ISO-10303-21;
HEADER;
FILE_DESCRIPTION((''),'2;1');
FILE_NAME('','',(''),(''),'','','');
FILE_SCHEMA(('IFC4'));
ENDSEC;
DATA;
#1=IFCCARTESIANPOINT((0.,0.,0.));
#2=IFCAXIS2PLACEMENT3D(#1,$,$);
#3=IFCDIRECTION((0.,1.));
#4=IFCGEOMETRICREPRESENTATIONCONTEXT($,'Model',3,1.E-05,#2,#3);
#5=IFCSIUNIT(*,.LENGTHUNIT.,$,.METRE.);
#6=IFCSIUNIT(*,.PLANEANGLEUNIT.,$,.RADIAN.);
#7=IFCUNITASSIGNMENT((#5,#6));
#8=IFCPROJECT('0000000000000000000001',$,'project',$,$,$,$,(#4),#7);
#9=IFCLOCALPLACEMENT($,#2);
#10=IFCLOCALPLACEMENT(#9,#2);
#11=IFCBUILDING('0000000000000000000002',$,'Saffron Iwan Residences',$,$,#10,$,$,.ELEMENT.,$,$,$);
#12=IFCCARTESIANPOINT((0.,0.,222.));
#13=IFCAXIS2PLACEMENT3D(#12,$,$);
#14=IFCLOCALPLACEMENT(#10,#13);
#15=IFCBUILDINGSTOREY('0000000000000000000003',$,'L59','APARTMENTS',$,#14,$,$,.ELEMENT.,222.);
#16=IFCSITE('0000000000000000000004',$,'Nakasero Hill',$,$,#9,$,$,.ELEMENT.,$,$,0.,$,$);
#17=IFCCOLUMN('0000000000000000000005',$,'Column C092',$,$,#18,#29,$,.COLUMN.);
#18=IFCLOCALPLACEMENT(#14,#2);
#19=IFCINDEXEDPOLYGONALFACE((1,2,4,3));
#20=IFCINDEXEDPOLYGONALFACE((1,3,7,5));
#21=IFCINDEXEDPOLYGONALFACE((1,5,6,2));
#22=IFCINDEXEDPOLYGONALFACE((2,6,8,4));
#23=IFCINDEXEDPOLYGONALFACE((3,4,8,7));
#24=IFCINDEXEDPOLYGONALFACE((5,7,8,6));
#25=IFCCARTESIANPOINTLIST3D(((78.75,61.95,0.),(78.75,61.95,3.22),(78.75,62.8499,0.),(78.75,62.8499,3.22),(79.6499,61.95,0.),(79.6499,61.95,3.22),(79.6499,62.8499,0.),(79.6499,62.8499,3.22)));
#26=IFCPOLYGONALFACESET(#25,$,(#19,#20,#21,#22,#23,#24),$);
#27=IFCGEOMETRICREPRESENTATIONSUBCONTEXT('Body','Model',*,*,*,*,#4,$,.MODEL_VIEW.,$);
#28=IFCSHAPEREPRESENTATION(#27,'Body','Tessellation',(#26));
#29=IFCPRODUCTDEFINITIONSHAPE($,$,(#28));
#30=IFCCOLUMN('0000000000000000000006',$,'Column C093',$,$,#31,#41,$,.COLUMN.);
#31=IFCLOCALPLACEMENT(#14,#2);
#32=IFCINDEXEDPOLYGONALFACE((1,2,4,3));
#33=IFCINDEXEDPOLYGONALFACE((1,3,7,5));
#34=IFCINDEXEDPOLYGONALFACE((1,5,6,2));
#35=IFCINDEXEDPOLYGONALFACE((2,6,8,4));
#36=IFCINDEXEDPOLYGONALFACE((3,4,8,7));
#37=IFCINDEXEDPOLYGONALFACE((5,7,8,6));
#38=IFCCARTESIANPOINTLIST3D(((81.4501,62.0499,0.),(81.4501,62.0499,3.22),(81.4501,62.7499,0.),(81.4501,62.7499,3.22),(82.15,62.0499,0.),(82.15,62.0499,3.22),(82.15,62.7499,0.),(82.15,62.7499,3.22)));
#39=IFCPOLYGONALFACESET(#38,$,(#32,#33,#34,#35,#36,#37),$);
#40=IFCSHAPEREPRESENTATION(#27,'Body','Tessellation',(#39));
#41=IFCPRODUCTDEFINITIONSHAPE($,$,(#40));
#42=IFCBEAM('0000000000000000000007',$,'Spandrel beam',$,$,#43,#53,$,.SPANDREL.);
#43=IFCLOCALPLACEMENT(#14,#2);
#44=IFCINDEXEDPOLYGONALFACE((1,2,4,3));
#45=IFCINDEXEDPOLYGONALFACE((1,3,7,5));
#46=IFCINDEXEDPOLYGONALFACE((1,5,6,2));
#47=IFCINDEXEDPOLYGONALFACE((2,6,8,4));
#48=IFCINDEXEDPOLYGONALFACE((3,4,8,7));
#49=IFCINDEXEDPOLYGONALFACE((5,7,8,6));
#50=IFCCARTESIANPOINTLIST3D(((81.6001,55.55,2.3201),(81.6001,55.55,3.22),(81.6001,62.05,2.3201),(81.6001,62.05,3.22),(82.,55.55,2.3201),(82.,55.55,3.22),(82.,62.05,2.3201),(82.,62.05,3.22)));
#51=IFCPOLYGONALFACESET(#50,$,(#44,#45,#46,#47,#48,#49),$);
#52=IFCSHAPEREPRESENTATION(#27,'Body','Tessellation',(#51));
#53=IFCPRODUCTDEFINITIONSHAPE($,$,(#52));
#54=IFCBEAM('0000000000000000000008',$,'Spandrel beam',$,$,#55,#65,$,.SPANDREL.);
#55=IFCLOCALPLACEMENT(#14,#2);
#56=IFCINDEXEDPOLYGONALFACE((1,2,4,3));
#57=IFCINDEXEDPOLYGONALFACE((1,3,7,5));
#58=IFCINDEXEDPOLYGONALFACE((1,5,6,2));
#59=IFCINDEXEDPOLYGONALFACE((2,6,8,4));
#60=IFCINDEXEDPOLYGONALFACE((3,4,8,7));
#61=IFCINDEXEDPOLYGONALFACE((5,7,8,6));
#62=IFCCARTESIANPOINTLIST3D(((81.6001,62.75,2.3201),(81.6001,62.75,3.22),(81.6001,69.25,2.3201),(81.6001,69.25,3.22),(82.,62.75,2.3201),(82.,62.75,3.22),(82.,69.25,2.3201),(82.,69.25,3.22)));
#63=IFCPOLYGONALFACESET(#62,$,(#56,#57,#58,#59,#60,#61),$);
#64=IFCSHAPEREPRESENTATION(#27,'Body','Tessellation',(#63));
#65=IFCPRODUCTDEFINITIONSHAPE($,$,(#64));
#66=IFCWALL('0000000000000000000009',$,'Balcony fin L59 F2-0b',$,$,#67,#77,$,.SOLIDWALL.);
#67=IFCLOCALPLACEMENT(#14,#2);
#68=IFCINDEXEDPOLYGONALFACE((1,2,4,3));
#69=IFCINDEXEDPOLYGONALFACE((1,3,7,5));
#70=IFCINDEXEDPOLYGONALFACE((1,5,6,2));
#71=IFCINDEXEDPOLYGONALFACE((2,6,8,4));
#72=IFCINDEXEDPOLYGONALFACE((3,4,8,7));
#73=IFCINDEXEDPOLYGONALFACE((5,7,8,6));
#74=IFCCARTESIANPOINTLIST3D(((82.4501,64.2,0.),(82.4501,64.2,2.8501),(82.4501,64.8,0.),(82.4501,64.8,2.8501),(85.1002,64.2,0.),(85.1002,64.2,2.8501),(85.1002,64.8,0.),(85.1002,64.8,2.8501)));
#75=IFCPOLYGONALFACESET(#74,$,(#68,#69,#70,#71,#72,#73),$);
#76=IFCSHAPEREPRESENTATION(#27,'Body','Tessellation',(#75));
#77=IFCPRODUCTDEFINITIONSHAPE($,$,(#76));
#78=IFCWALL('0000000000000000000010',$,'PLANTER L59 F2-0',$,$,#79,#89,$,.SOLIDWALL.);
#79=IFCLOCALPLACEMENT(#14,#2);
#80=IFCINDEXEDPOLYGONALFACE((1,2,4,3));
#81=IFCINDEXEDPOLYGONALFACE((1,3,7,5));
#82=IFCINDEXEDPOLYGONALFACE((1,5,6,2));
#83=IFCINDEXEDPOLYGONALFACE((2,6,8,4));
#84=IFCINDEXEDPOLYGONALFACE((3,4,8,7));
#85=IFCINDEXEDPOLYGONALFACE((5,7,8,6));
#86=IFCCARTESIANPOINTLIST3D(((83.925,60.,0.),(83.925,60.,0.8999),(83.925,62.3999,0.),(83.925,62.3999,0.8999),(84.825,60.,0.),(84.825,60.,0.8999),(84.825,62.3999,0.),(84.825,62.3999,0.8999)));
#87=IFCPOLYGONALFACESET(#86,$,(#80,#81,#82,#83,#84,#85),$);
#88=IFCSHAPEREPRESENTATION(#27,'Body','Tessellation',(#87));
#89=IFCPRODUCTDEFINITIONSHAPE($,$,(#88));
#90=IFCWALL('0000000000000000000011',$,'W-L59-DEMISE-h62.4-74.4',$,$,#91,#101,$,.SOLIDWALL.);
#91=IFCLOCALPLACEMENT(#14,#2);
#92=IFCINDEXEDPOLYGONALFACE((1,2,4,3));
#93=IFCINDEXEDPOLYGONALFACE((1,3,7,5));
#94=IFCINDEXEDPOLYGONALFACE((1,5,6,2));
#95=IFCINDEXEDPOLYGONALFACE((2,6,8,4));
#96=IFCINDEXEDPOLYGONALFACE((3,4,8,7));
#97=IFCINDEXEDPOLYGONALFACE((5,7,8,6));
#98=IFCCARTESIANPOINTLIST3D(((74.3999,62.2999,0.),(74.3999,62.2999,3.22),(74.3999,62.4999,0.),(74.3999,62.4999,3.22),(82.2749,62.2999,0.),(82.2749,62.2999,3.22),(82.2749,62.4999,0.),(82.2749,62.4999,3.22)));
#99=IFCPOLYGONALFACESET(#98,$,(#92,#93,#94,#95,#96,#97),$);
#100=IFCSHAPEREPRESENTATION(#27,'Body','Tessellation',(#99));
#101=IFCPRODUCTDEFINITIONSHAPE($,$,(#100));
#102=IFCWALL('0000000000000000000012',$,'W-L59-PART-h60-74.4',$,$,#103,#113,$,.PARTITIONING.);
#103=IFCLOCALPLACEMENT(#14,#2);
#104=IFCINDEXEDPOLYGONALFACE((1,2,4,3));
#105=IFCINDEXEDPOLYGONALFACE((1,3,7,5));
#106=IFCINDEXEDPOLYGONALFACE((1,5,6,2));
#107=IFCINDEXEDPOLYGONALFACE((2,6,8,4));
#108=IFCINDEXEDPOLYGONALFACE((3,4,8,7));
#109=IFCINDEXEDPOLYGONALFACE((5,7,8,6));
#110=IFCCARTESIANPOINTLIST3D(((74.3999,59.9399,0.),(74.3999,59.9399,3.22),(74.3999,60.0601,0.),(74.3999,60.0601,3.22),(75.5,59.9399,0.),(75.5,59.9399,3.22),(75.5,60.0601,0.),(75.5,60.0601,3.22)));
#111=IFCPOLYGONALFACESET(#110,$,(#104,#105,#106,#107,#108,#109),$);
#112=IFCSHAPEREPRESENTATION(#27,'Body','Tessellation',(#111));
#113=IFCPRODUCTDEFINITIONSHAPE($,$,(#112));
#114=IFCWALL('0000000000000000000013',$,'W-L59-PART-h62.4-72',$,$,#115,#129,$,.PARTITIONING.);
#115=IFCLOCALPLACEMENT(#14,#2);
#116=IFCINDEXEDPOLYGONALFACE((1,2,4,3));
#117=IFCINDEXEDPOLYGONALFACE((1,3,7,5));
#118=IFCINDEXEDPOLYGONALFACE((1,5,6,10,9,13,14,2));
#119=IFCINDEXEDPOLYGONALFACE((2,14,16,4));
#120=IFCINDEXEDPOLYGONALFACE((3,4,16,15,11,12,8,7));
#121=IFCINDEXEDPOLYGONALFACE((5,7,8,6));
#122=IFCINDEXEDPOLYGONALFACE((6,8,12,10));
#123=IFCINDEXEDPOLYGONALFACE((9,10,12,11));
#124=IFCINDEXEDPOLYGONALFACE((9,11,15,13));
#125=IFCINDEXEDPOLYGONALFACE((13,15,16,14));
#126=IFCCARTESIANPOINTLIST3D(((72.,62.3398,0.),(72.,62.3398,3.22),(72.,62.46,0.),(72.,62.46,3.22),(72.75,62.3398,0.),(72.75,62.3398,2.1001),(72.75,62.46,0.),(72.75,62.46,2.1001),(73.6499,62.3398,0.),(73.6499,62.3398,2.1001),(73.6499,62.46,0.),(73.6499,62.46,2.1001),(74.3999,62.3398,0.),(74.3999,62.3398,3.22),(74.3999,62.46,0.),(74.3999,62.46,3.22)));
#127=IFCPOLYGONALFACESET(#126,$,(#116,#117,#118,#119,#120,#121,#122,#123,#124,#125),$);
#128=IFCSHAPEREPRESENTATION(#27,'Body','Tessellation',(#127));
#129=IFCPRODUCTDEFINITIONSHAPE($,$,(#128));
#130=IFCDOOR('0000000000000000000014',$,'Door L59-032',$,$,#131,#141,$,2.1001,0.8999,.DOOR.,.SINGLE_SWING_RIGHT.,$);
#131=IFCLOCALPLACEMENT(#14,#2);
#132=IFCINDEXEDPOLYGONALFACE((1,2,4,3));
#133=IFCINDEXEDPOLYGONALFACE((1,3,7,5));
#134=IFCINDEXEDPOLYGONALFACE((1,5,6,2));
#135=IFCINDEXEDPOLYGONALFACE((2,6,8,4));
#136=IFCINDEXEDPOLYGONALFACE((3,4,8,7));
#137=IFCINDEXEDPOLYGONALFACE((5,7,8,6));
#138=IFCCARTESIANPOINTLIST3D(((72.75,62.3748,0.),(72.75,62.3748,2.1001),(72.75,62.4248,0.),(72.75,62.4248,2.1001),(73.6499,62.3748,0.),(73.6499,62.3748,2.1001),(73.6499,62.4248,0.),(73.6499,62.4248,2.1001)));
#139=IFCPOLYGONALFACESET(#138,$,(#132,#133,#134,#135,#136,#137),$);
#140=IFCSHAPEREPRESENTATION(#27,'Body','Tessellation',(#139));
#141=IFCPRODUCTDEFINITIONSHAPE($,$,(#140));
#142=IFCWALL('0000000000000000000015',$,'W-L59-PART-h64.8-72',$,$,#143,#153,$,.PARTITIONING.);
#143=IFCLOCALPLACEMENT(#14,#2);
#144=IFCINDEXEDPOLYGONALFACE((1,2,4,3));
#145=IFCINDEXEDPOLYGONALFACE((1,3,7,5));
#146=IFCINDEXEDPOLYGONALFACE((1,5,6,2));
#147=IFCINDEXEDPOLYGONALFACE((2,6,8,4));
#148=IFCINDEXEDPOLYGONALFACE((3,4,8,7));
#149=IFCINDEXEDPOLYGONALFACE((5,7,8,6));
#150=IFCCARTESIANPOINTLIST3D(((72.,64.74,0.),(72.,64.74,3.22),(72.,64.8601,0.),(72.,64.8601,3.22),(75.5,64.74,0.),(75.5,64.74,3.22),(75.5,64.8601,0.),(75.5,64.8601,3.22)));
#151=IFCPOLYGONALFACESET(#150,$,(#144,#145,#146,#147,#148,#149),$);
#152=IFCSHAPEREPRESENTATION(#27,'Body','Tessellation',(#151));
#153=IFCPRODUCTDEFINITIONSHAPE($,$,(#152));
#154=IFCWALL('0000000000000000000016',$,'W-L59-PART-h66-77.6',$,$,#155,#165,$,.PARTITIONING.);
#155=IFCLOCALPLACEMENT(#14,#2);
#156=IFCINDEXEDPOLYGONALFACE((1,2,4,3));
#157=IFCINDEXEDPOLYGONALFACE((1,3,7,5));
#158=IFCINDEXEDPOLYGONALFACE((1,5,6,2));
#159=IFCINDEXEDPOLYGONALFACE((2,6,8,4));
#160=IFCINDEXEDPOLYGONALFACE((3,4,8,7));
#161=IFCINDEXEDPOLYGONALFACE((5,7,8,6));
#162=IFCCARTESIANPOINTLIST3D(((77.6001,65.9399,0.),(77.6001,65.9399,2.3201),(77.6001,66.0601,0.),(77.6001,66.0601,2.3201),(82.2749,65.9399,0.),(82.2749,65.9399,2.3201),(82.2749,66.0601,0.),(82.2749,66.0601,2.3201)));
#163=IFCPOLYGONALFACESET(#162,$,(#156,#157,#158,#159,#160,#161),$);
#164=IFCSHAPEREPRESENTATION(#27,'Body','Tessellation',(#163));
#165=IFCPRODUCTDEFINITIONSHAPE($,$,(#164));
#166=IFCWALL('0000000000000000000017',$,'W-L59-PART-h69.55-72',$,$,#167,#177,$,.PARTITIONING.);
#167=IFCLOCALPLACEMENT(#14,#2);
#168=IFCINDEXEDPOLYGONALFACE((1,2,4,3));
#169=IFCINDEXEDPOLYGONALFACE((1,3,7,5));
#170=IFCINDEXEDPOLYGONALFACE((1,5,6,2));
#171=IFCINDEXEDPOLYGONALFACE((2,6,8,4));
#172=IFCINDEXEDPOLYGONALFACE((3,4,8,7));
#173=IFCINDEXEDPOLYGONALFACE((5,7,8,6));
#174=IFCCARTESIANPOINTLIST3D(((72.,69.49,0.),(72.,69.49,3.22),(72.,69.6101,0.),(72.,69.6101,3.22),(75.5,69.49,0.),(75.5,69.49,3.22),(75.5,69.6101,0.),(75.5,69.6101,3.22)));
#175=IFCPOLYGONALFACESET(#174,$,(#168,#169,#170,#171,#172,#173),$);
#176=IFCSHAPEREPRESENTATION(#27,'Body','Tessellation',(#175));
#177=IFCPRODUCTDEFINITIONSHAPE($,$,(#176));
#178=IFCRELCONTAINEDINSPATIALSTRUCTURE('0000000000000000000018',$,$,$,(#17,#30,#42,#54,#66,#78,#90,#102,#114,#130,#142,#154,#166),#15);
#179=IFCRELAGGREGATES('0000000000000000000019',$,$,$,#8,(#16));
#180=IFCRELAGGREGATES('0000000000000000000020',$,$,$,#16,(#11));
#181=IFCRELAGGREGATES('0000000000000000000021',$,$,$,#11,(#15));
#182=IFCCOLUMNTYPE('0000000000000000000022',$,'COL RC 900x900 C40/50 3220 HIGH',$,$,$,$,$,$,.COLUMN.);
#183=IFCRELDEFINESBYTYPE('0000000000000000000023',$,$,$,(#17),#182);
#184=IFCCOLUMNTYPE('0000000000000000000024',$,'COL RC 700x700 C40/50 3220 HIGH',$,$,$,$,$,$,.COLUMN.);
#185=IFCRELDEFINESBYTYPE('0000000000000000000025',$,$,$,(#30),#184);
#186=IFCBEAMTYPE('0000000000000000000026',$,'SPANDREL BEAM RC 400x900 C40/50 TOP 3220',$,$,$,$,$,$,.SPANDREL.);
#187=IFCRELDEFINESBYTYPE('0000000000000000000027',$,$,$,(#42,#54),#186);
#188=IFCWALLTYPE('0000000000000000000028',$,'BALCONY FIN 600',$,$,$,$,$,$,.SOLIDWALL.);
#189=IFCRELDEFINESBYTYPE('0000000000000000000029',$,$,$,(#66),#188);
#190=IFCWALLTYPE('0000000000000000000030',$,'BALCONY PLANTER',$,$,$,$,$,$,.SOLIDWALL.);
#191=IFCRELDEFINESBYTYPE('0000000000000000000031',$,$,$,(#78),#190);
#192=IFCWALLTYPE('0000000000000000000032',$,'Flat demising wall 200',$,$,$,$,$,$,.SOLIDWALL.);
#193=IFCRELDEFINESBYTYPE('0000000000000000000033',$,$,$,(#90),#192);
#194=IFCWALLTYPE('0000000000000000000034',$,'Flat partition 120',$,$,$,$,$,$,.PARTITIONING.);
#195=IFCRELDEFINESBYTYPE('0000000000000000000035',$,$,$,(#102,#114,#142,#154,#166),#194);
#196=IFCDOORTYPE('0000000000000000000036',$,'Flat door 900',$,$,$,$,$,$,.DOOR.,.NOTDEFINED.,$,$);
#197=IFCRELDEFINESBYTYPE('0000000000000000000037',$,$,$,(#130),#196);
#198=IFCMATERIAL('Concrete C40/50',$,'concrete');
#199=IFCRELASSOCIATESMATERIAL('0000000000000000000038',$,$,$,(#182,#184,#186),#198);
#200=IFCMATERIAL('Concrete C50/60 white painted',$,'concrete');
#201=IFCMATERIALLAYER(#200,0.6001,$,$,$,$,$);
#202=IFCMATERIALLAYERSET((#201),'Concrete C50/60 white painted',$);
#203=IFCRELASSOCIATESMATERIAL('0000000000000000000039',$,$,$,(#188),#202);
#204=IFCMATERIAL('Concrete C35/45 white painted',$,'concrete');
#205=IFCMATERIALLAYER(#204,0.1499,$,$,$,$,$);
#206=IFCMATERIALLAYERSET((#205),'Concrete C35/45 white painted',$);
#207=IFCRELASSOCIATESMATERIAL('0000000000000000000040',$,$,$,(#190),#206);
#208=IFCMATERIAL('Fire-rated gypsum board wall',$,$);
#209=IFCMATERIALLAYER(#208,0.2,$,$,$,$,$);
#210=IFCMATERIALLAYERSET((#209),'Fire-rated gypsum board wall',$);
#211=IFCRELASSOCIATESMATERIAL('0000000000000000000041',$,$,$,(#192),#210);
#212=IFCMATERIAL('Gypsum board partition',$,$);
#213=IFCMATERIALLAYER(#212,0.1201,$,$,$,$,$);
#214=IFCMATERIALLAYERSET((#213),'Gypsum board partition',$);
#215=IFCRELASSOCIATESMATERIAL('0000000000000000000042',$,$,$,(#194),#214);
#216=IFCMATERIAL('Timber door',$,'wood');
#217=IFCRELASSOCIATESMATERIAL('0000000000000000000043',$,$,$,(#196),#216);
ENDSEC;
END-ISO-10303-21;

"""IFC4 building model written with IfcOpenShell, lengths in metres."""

from ifc_helpers import new_model, si_unit, direction, frame, frame_2d, origin, origin_2d, place, context, subcontext, project, spatial, rectangle, extrude, source, transform, mapped, material, layer, layer_set, material_profile, profile_set, type_object, element, fill, save


model = new_model("IFC4")

# Units and contexts
model_context = context("Model", 3, precision=1e-05, world=origin(), true_north=direction((0.0, 1.0)))
body_context = subcontext(model_context, "Body", "Model", "MODEL_VIEW")
ifc_project = project(units=[si_unit("LENGTHUNIT", "METRE"), si_unit("PLANEANGLEUNIT", "RADIAN")], contexts=[model_context])

# Site, building, storey
site_placement = place(None, origin())
site = spatial("IfcSite", under=ifc_project, at=site_placement, Name="Nakasero Hill", CompositionType="ELEMENT", RefElevation=0.0)
building_placement = place(site_placement, origin())
building = spatial("IfcBuilding", under=site, at=building_placement, Name="Saffron Iwan Residences", CompositionType="ELEMENT")
storey_placement = place(building_placement, frame((0.0, 0.0, 222.0)))
storey = spatial("IfcBuildingStorey", under=building, at=storey_placement, Name="L59", Description="APARTMENTS", CompositionType="ELEMENT", Elevation=222.0)

# Columns
ifc_material_1 = material(Name="Concrete C40/50", Category="concrete")
ifc_material_profile_1 = material_profile(ifc_material_1, rectangle(XDim=0.8999, YDim=0.8999, at=origin_2d()), Name="RC 900x900")
ifc_profile_set_1 = profile_set([ifc_material_profile_1], Name="Concrete C40/50")
column_type_1 = type_object("IfcColumnType", Name="COL RC 900x900 C40/50 3220 HIGH", PredefinedType="COLUMN", material=ifc_profile_set_1)
shared_shape_1 = source(origin(), body_context, "Body", "SweptSolid", [
    extrude(rectangle(XDim=0.8999, YDim=0.8999, at=origin_2d()), origin(), (0.0, 0.0, 1.0), 3.22),
])
column_1_placement = place(storey_placement, frame((79.2, 62.3999, 0.0), z_axis=(0.0, 0.0, 1.0), x_axis=(1.0, 0.0, 0.0)))
element("IfcColumn", 1, at=column_1_placement, inside=storey, type_object=column_type_1, Name="Column C092", PredefinedType="COLUMN", context=body_context, shape_type="MappedRepresentation", body=[
    mapped(shared_shape_1, transform((0.0, 0.0, 0.0))),
])
ifc_material_profile_2 = material_profile(ifc_material_1, rectangle(XDim=0.7, YDim=0.7, at=origin_2d()), Name="RC 700x700")
ifc_profile_set_2 = profile_set([ifc_material_profile_2], Name="Concrete C40/50")
column_type_2 = type_object("IfcColumnType", Name="COL RC 700x700 C40/50 3220 HIGH", PredefinedType="COLUMN", material=ifc_profile_set_2)
shared_shape_2 = source(origin(), body_context, "Body", "SweptSolid", [
    extrude(rectangle(XDim=0.7, YDim=0.7, at=origin_2d()), origin(), (0.0, 0.0, 1.0), 3.22),
])
column_2_placement = place(storey_placement, frame((81.8, 62.3999, 0.0), z_axis=(0.0, 0.0, 1.0), x_axis=(1.0, 0.0, 0.0)))
element("IfcColumn", 2, at=column_2_placement, inside=storey, type_object=column_type_2, Name="Column C093", PredefinedType="COLUMN", context=body_context, shape_type="MappedRepresentation", body=[
    mapped(shared_shape_2, transform((0.0, 0.0, 0.0))),
])

# Beams
ifc_material_profile_3 = material_profile(ifc_material_1, rectangle(XDim=0.3999, YDim=0.8999, at=origin_2d()), Name="RC 400x900")
ifc_profile_set_3 = profile_set([ifc_material_profile_3], Name="Concrete C40/50")
beam_type = type_object("IfcBeamType", Name="SPANDREL BEAM RC 400x900 C40/50 TOP 3220", PredefinedType="SPANDREL", material=ifc_profile_set_3)
shared_shape_3 = source(origin(), body_context, "Body", "SweptSolid", [
    extrude(rectangle(XDim=0.3999, YDim=0.8999, at=origin_2d()), origin(), (0.0, 0.0, 1.0), 6.5),
])
for number, where, z_axis, x_axis, name in (
    (3, (81.8, 62.05, 2.77), (0.0, -1.0, 0.0), (1.0, 0.0, 0.0), "Spandrel beam"),
    (4, (81.8, 69.25, 2.77), (0.0, -1.0, 0.0), (1.0, 0.0, 0.0), "Spandrel beam"),
):
    element("IfcBeam", number, at=place(storey_placement, frame(where, z_axis=z_axis, x_axis=x_axis)), inside=storey, type_object=beam_type, Name=name, PredefinedType="SPANDREL", context=body_context, shape_type="MappedRepresentation", body=[
        mapped(shared_shape_3, transform((0.0, 0.0, 0.0))),
    ])

# Walls
ifc_material_2 = material(Name="Concrete C50/60 white painted", Category="concrete")
ifc_layer_1 = layer(ifc_material_2, 0.6001)
ifc_layer_set_1 = layer_set([ifc_layer_1], Name="Concrete C50/60 white painted")
wall_type_1 = type_object("IfcWallType", Name="BALCONY FIN 600", PredefinedType="SOLIDWALL", material=ifc_layer_set_1)
wall_1_placement = place(storey_placement, frame((82.45, 64.5, 0.0), z_axis=(0.0, 0.0, 1.0), x_axis=(1.0, 0.0, 0.0)))
element("IfcWall", 5, at=wall_1_placement, inside=storey, type_object=wall_type_1, Name="Balcony fin L59 F2-0b", PredefinedType="SOLIDWALL", context=body_context, shape_type="SweptSolid", body=[
    extrude(rectangle(XDim=2.6501, YDim=0.6001, at=frame_2d((1.3252, 0.0))), origin(), (0.0, 0.0, 1.0), 2.8501),
])
ifc_material_3 = material(Name="Concrete C35/45 white painted", Category="concrete")
ifc_layer_2 = layer(ifc_material_3, 0.1499)
ifc_layer_set_2 = layer_set([ifc_layer_2], Name="Concrete C35/45 white painted")
wall_type_2 = type_object("IfcWallType", Name="BALCONY PLANTER", PredefinedType="SOLIDWALL", material=ifc_layer_set_2)
wall_2_placement = place(storey_placement, frame((84.375, 60.0, 0.0), z_axis=(0.0, 0.0, 1.0), x_axis=(0.0, 1.0, 0.0)))
element("IfcWall", 6, at=wall_2_placement, inside=storey, type_object=wall_type_2, Name="PLANTER L59 F2-0", PredefinedType="SOLIDWALL", context=body_context, shape_type="SweptSolid", body=[
    extrude(rectangle(XDim=2.3999, YDim=0.8999, at=frame_2d((1.2, 0.0))), origin(), (0.0, 0.0, 1.0), 0.8999),
])
ifc_material_4 = material(Name="Fire-rated gypsum board wall")
ifc_layer_3 = layer(ifc_material_4, 0.2)
ifc_layer_set_3 = layer_set([ifc_layer_3], Name="Fire-rated gypsum board wall")
wall_type_3 = type_object("IfcWallType", Name="Flat demising wall 200", PredefinedType="SOLIDWALL", material=ifc_layer_set_3)
wall_3_placement = place(storey_placement, frame((74.3999, 62.3999, 0.0), z_axis=(0.0, 0.0, 1.0), x_axis=(1.0, 0.0, 0.0)))
element("IfcWall", 7, at=wall_3_placement, inside=storey, type_object=wall_type_3, Name="W-L59-DEMISE-h62.4-74.4", PredefinedType="SOLIDWALL", context=body_context, shape_type="SweptSolid", body=[
    extrude(rectangle(XDim=7.875, YDim=0.2, at=frame_2d((3.9375, 0.0))), origin(), (0.0, 0.0, 1.0), 3.22),
])
ifc_material_5 = material(Name="Gypsum board partition")
ifc_layer_4 = layer(ifc_material_5, 0.1201)
ifc_layer_set_4 = layer_set([ifc_layer_4], Name="Gypsum board partition")
wall_type_4 = type_object("IfcWallType", Name="Flat partition 120", PredefinedType="PARTITIONING", material=ifc_layer_set_4)
wall_4_placement = place(storey_placement, frame((74.3999, 60.0, 0.0), z_axis=(0.0, 0.0, 1.0), x_axis=(1.0, 0.0, 0.0)))
element("IfcWall", 8, at=wall_4_placement, inside=storey, type_object=wall_type_4, Name="W-L59-PART-h60-74.4", PredefinedType="PARTITIONING", context=body_context, shape_type="SweptSolid", body=[
    extrude(rectangle(XDim=1.1001, YDim=0.1201, at=frame_2d((0.55, 0.0))), origin(), (0.0, 0.0, 1.0), 3.22),
])

# Wall, opening, door
wall_5_placement = place(storey_placement, frame((72.0, 62.3999, 0.0), z_axis=(0.0, 0.0, 1.0), x_axis=(1.0, 0.0, 0.0)))
wall_5 = element("IfcWall", 9, at=wall_5_placement, inside=storey, type_object=wall_type_4, Name="W-L59-PART-h62.4-72", PredefinedType="PARTITIONING", context=body_context, shape_type="SweptSolid", body=[
    extrude(rectangle(XDim=2.3999, YDim=0.1201, at=frame_2d((1.2, 0.0))), origin(), (0.0, 0.0, 1.0), 3.22),
])
opening_1_placement = place(wall_5_placement, frame((0.75, 0.0, 0.0)))
opening_1 = element("IfcOpeningElement", 10, at=opening_1_placement, cuts=wall_5, PredefinedType="OPENING", context=body_context, shape_type="SweptSolid", body=[
    extrude(rectangle(XDim=0.8999, YDim=2.1001, at=frame_2d((0.45, 1.05))), frame((0.0, 0.0701, 0.0), z_axis=(0.0, -1.0, 0.0), x_axis=(1.0, 0.0, 0.0)), (0.0, 0.0, 1.0), 0.1401),
])
ifc_material_6 = material(Name="Timber door", Category="wood")
door_type_1 = type_object("IfcDoorType", Name="Flat door 900", OperationType="NOTDEFINED", PredefinedType="DOOR", material=ifc_material_6)
door_1_placement = place(opening_1_placement, origin())
door_1 = element("IfcDoor", 11, at=door_1_placement, inside=storey, type_object=door_type_1, Name="Door L59-032", OperationType="SINGLE_SWING_RIGHT", OverallHeight=2.1001, OverallWidth=0.8999, PredefinedType="DOOR", context=body_context, shape_type="SweptSolid", body=[
    extrude(rectangle(XDim=0.8999, YDim=2.1001, at=frame_2d((0.45, 1.05))), frame((0.0, 0.0249, 0.0), z_axis=(0.0, -1.0, 0.0), x_axis=(1.0, 0.0, 0.0)), (0.0, 0.0, 1.0), 0.05),
])
fill(opening_1, door_1)

# Walls
wall_6_placement = place(storey_placement, frame((72.0, 64.8, 0.0), z_axis=(0.0, 0.0, 1.0), x_axis=(1.0, 0.0, 0.0)))
element("IfcWall", 12, at=wall_6_placement, inside=storey, type_object=wall_type_4, Name="W-L59-PART-h64.8-72", PredefinedType="PARTITIONING", context=body_context, shape_type="SweptSolid", body=[
    extrude(rectangle(XDim=3.5, YDim=0.1201, at=frame_2d((1.75, 0.0))), origin(), (0.0, 0.0, 1.0), 3.22),
])
wall_7_placement = place(storey_placement, frame((77.6001, 66.0, 0.0), z_axis=(0.0, 0.0, 1.0), x_axis=(1.0, 0.0, 0.0)))
element("IfcWall", 13, at=wall_7_placement, inside=storey, type_object=wall_type_4, Name="W-L59-PART-h66-77.6", PredefinedType="PARTITIONING", context=body_context, shape_type="SweptSolid", body=[
    extrude(rectangle(XDim=4.6748, YDim=0.1201, at=frame_2d((2.3374, 0.0))), origin(), (0.0, 0.0, 1.0), 2.3201),
])
wall_8_placement = place(storey_placement, frame((72.0, 69.55, 0.0), z_axis=(0.0, 0.0, 1.0), x_axis=(1.0, 0.0, 0.0)))
element("IfcWall", 14, at=wall_8_placement, inside=storey, type_object=wall_type_4, Name="W-L59-PART-h69.55-72", PredefinedType="PARTITIONING", context=body_context, shape_type="SweptSolid", body=[
    extrude(rectangle(XDim=3.5, YDim=0.1201, at=frame_2d((1.75, 0.0))), origin(), (0.0, 0.0, 1.0), 3.22),
])

save(model, "model.ifc")
